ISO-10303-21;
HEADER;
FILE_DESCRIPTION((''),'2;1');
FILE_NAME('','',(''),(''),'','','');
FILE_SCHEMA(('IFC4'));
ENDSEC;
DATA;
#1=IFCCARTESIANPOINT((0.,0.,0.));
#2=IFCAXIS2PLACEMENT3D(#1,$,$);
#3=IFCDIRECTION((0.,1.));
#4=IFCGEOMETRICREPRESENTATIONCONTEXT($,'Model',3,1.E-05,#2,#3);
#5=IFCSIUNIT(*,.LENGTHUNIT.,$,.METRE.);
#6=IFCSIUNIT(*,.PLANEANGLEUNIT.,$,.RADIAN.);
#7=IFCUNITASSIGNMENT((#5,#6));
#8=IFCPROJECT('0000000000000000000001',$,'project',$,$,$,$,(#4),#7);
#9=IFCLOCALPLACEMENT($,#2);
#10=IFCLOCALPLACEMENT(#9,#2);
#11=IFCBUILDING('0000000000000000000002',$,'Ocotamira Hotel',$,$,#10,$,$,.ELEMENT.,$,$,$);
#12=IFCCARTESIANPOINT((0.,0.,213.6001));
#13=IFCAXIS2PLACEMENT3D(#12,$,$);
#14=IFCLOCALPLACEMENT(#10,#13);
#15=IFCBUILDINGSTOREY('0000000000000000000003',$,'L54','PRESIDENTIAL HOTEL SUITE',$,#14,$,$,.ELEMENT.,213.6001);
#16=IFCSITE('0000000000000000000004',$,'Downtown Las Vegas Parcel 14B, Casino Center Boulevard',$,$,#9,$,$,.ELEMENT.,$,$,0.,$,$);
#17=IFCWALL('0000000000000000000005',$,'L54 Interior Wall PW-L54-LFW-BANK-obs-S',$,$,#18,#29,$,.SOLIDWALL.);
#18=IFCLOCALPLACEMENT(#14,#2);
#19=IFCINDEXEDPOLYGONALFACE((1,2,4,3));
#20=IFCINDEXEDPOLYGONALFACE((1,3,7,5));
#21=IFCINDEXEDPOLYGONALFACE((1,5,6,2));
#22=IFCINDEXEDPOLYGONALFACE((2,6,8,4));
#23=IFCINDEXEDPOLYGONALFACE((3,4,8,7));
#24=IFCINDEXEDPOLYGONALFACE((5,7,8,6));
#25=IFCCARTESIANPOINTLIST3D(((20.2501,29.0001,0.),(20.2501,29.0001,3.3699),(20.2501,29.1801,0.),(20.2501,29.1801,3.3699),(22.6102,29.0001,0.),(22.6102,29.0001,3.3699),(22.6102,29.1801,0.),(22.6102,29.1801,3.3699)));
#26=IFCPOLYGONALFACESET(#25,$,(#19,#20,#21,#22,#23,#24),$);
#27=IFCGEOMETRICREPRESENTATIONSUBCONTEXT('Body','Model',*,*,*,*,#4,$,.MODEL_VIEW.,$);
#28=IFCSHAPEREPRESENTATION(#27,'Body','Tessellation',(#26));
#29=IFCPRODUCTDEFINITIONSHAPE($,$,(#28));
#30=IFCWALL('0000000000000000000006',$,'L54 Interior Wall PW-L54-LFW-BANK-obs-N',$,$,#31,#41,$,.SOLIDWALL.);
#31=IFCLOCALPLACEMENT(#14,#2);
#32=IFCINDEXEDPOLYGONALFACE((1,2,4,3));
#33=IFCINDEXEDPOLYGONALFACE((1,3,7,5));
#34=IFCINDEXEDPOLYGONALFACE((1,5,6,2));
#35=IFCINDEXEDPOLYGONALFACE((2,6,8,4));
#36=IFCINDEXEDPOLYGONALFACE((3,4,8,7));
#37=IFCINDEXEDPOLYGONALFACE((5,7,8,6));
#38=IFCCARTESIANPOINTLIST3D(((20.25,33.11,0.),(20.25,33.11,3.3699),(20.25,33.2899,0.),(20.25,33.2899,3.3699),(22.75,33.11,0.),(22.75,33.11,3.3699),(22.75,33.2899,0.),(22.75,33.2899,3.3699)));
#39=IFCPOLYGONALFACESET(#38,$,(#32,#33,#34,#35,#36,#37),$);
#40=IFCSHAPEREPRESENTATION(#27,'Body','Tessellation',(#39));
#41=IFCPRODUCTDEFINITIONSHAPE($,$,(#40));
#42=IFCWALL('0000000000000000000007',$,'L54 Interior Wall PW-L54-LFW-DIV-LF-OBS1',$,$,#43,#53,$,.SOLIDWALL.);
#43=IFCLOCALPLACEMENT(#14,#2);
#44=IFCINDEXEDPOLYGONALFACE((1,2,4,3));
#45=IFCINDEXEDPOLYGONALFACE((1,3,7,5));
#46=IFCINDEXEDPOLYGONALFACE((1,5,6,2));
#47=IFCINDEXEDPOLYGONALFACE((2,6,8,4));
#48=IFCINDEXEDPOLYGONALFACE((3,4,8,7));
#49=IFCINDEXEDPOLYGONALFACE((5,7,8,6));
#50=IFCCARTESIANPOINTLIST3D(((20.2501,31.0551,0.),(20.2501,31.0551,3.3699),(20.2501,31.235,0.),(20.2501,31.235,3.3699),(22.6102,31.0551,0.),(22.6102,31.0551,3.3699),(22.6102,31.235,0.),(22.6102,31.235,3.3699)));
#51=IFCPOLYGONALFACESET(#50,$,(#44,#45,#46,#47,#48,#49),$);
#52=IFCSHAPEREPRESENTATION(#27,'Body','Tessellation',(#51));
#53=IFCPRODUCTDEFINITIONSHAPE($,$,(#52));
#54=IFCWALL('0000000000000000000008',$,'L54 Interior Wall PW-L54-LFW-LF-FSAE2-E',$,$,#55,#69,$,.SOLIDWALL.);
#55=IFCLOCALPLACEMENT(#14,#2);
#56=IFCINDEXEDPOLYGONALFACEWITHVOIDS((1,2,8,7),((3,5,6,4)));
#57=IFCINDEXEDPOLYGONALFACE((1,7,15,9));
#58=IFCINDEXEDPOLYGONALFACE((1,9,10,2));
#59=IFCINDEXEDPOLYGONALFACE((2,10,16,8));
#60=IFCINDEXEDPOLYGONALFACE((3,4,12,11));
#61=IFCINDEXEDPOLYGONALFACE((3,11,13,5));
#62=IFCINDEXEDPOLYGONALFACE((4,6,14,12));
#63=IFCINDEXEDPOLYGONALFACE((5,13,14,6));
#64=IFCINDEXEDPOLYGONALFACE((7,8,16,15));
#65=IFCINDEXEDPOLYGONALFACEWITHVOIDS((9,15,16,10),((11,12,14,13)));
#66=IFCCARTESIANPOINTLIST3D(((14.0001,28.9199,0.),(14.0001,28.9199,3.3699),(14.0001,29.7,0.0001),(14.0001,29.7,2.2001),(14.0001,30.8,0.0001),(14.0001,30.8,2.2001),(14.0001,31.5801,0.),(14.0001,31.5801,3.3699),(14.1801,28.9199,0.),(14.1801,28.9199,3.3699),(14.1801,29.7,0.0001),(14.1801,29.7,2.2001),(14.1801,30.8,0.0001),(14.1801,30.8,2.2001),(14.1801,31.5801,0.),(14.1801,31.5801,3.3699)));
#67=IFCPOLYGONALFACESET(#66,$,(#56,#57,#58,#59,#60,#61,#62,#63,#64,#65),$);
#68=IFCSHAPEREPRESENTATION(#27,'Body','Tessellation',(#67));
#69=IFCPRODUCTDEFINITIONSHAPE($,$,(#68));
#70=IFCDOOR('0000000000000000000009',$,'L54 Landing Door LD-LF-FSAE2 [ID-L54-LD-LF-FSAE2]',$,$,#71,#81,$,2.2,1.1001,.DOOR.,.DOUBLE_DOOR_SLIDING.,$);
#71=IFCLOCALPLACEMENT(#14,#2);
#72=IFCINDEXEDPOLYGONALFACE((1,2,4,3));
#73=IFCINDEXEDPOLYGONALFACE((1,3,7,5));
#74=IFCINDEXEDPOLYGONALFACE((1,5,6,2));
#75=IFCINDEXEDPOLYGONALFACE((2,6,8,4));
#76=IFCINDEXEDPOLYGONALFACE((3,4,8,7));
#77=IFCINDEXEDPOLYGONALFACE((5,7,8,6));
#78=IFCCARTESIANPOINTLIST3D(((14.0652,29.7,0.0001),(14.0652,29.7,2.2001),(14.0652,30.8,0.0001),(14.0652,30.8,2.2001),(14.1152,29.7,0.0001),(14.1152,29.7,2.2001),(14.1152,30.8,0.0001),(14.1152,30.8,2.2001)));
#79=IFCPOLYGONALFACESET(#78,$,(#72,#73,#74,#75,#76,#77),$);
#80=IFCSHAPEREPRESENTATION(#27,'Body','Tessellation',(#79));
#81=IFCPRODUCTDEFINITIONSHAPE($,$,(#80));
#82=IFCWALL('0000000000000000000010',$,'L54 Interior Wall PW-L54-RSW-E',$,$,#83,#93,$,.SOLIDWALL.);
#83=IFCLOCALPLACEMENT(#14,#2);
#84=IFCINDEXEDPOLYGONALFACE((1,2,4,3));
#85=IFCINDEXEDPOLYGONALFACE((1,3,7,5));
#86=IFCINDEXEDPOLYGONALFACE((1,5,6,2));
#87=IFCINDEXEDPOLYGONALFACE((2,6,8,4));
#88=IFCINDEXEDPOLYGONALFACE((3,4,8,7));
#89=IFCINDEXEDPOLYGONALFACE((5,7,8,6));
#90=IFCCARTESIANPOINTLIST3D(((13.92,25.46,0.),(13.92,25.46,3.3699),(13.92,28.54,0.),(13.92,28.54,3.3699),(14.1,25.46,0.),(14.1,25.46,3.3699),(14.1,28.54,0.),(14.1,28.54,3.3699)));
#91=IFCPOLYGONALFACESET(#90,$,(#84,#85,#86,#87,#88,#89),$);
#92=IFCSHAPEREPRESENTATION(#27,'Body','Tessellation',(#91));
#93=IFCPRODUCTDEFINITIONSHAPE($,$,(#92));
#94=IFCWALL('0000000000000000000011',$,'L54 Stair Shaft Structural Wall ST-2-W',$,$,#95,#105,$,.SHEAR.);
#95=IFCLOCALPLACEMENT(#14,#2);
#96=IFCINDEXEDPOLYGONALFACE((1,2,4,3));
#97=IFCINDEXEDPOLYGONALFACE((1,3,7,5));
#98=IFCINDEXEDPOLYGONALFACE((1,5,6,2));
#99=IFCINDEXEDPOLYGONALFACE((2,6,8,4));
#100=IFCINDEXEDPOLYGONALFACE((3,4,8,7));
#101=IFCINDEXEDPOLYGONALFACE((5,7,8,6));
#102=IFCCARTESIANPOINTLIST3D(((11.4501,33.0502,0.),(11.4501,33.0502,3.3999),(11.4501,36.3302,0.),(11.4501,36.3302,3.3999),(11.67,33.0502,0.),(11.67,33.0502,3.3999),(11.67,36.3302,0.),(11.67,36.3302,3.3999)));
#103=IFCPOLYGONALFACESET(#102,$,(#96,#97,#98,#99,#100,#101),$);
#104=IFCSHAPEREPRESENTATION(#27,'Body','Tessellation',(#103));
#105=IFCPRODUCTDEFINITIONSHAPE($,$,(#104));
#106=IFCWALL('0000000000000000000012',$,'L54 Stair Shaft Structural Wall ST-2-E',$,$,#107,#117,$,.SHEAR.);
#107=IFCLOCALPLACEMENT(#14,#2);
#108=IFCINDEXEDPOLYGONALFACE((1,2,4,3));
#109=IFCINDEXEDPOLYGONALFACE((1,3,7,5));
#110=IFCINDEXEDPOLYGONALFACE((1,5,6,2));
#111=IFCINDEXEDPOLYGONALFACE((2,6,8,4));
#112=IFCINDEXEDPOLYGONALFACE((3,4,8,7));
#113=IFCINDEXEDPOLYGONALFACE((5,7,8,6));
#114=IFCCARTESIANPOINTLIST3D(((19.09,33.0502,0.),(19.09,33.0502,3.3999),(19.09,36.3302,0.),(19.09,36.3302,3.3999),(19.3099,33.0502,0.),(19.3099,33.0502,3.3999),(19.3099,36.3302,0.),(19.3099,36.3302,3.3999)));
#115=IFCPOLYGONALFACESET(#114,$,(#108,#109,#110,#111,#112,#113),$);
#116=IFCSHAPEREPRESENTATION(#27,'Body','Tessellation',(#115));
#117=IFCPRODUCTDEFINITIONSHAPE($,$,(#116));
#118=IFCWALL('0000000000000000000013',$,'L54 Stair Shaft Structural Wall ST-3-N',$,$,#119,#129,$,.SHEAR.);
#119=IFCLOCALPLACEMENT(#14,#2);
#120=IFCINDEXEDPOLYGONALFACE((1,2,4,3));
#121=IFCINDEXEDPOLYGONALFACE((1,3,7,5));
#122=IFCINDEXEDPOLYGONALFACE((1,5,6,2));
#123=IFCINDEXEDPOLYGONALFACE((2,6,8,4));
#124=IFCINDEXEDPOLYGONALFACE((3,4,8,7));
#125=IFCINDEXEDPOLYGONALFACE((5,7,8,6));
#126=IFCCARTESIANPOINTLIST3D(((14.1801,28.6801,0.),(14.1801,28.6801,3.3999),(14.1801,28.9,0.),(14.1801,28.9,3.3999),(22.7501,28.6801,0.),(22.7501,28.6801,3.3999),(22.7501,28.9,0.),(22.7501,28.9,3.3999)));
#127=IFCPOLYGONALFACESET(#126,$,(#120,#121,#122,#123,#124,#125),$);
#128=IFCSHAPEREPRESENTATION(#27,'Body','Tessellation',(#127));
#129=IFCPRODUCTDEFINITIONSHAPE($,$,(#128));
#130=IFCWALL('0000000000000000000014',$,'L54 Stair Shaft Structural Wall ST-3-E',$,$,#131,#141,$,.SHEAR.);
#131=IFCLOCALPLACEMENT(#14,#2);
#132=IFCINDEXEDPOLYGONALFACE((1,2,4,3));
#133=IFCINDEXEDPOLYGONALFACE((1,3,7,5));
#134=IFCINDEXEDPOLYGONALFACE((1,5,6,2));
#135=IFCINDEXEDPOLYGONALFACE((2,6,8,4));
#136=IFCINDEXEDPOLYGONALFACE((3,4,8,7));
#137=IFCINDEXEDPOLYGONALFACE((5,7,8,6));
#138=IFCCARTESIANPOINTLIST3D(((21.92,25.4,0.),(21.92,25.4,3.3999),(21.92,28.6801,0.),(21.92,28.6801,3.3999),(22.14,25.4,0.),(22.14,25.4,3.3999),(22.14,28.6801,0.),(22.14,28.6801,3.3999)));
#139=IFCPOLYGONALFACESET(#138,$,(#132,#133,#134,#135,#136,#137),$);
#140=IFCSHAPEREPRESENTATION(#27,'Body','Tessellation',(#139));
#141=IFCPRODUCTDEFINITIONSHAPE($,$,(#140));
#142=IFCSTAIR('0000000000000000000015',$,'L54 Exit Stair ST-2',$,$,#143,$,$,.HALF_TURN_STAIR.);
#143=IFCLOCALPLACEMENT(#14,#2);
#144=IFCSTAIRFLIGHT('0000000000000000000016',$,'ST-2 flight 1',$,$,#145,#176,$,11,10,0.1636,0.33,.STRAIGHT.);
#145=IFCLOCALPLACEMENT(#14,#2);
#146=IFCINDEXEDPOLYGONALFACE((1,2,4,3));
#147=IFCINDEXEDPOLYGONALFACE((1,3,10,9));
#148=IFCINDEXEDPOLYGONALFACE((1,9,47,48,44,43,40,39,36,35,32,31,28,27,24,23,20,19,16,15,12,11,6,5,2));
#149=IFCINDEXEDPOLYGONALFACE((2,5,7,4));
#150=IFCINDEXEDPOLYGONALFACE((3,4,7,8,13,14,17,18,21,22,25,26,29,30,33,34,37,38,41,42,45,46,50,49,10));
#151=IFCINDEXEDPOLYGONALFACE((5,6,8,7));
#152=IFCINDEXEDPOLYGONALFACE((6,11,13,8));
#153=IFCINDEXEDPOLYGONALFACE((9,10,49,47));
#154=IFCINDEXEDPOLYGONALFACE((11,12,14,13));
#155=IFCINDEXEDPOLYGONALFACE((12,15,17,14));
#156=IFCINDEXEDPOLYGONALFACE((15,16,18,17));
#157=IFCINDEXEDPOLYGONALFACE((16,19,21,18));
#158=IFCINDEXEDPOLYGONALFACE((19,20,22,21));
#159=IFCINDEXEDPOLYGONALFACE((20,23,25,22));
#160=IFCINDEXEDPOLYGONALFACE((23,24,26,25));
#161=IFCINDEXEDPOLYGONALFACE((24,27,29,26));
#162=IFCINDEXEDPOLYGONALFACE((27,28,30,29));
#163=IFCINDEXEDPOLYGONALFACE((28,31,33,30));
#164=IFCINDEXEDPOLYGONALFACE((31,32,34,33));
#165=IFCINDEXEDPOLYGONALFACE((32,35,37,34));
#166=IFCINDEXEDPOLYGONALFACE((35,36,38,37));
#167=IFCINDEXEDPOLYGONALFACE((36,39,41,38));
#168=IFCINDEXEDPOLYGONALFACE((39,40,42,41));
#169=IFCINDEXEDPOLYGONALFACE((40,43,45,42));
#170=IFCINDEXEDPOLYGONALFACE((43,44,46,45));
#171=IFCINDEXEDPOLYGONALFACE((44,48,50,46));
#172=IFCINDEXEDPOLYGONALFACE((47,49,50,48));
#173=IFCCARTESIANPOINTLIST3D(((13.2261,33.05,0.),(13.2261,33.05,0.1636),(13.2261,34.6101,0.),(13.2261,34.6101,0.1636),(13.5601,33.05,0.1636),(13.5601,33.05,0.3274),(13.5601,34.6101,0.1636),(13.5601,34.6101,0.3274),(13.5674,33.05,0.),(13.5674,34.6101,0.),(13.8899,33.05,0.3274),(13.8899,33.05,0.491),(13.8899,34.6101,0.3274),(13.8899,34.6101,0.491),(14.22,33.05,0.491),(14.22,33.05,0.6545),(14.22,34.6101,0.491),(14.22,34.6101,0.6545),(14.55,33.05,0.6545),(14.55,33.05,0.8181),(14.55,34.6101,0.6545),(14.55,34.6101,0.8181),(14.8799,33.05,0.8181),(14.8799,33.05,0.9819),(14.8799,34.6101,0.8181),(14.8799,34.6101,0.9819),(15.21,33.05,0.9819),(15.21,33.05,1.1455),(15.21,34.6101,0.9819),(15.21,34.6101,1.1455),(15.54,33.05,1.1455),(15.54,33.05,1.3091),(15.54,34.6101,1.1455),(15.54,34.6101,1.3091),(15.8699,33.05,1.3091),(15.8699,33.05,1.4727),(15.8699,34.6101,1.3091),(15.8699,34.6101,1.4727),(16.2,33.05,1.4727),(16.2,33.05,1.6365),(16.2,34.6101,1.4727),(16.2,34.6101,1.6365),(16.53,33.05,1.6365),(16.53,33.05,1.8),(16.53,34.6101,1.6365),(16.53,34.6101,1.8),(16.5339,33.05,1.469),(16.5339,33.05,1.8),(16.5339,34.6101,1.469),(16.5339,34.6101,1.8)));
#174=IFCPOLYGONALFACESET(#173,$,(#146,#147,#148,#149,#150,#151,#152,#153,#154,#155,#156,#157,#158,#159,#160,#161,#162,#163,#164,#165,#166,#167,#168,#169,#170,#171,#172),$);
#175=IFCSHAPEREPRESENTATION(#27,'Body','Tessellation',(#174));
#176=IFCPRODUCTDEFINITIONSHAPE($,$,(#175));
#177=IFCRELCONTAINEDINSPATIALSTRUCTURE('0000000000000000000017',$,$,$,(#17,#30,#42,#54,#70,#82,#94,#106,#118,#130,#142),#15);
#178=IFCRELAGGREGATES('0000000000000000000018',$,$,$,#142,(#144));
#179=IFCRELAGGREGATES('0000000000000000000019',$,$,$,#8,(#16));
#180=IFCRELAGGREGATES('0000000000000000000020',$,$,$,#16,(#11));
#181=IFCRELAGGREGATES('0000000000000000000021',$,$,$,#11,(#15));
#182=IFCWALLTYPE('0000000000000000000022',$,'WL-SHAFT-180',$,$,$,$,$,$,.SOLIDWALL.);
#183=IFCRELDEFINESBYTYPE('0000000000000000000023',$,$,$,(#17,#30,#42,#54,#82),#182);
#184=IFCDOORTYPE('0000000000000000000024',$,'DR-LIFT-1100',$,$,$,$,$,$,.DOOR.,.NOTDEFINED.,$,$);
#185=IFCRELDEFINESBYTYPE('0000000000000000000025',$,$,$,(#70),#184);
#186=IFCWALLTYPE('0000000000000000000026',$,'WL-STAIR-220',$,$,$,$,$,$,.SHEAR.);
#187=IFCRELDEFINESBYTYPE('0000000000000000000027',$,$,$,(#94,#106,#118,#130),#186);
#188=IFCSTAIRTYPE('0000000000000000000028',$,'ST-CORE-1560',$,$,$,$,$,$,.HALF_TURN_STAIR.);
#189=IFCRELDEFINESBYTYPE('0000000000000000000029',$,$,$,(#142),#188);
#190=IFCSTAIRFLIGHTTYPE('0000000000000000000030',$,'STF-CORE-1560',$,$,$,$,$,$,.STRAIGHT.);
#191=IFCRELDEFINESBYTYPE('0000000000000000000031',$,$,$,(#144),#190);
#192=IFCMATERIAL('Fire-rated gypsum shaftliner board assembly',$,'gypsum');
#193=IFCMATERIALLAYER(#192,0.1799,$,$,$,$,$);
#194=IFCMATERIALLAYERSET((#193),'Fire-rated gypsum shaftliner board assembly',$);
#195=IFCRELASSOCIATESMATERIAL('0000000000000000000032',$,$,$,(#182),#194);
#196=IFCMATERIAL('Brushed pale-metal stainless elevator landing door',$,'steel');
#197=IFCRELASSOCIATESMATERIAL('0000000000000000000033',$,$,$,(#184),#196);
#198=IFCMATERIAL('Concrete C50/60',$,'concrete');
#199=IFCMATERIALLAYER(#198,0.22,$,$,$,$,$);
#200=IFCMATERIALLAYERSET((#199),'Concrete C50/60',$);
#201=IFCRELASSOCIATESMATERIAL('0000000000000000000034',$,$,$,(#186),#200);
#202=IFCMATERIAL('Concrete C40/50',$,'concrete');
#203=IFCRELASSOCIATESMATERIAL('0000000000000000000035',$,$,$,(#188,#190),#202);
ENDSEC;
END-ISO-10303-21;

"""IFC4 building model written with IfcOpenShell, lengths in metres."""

from ifc_helpers import new_model, si_unit, direction, frame, frame_2d, origin, place, context, subcontext, project, spatial, polyline, rectangle, outline, extrude, source, transform, mapped, material, layer, layer_set, type_object, element, fill, aggregate, save


model = new_model("IFC4")

# Units and contexts
model_context = context("Model", 3, precision=1e-05, world=origin(), true_north=direction((0.0, 1.0)))
body_context = subcontext(model_context, "Body", "Model", "MODEL_VIEW")
ifc_project = project(units=[si_unit("LENGTHUNIT", "METRE"), si_unit("PLANEANGLEUNIT", "RADIAN")], contexts=[model_context])

# Site, building, storey
site_placement = place(None, origin())
site = spatial("IfcSite", under=ifc_project, at=site_placement, Name="Downtown Las Vegas Parcel 14B, Casino Center Boulevard", CompositionType="ELEMENT", RefElevation=0.0)
building_placement = place(site_placement, origin())
building = spatial("IfcBuilding", under=site, at=building_placement, Name="Ocotamira Hotel", CompositionType="ELEMENT")
storey_placement = place(building_placement, frame((0.0, 0.0, 213.6001)))
storey = spatial("IfcBuildingStorey", under=building, at=storey_placement, Name="L54", Description="PRESIDENTIAL HOTEL SUITE", CompositionType="ELEMENT", Elevation=213.6001)

# Walls
ifc_material_1 = material(Name="Fire-rated gypsum shaftliner board assembly", Category="gypsum")
ifc_layer_1 = layer(ifc_material_1, 0.1799)
ifc_layer_set_1 = layer_set([ifc_layer_1], Name="Fire-rated gypsum shaftliner board assembly")
wall_type_1 = type_object("IfcWallType", Name="WL-SHAFT-180", PredefinedType="SOLIDWALL", material=ifc_layer_set_1)
wall_1_placement = place(storey_placement, frame((20.25, 29.0901, 0.0), z_axis=(0.0, 0.0, 1.0), x_axis=(1.0, 0.0, 0.0)))
element("IfcWall", 1, at=wall_1_placement, inside=storey, type_object=wall_type_1, Name="L54 Interior Wall PW-L54-LFW-BANK-obs-S", PredefinedType="SOLIDWALL", context=body_context, shape_type="SweptSolid", body=[
    extrude(rectangle(XDim=2.3601, YDim=0.1799, at=frame_2d((1.1802, 0.0))), origin(), (0.0, 0.0, 1.0), 3.3699),
])
wall_2_placement = place(storey_placement, frame((20.25, 33.2, 0.0), z_axis=(0.0, 0.0, 1.0), x_axis=(1.0, 0.0, 0.0)))
element("IfcWall", 2, at=wall_2_placement, inside=storey, type_object=wall_type_1, Name="L54 Interior Wall PW-L54-LFW-BANK-obs-N", PredefinedType="SOLIDWALL", context=body_context, shape_type="SweptSolid", body=[
    extrude(rectangle(XDim=2.5, YDim=0.1799, at=frame_2d((1.25, 0.0))), origin(), (0.0, 0.0, 1.0), 3.3699),
])
wall_3_placement = place(storey_placement, frame((20.25, 31.145, 0.0), z_axis=(0.0, 0.0, 1.0), x_axis=(1.0, 0.0, 0.0)))
element("IfcWall", 3, at=wall_3_placement, inside=storey, type_object=wall_type_1, Name="L54 Interior Wall PW-L54-LFW-DIV-LF-OBS1", PredefinedType="SOLIDWALL", context=body_context, shape_type="SweptSolid", body=[
    extrude(rectangle(XDim=2.3601, YDim=0.1799, at=frame_2d((1.1802, 0.0))), origin(), (0.0, 0.0, 1.0), 3.3699),
])

# Wall, opening, door
wall_4_placement = place(storey_placement, frame((14.0901, 28.9199, 0.0), z_axis=(0.0, 0.0, 1.0), x_axis=(0.0, 1.0, 0.0)))
wall_4 = element("IfcWall", 4, at=wall_4_placement, inside=storey, type_object=wall_type_1, Name="L54 Interior Wall PW-L54-LFW-LF-FSAE2-E", PredefinedType="SOLIDWALL", context=body_context, shape_type="SweptSolid", body=[
    extrude(rectangle(XDim=2.6602, YDim=0.1799, at=frame_2d((1.3301, 0.0))), origin(), (0.0, 0.0, 1.0), 3.3699),
])
opening_1_placement = place(wall_4_placement, frame((0.78, 0.0, 0.0)))
opening_1 = element("IfcOpeningElement", 5, at=opening_1_placement, cuts=wall_4, PredefinedType="OPENING", context=body_context, shape_type="SweptSolid", body=[
    extrude(rectangle(XDim=1.1001, YDim=2.2, at=frame_2d((0.55, 1.1001))), frame((0.0, 0.1001, 0.0), z_axis=(0.0, -1.0, 0.0), x_axis=(1.0, 0.0, 0.0)), (0.0, 0.0, 1.0), 0.2),
])
ifc_material_2 = material(Name="Brushed pale-metal stainless elevator landing door", Category="steel")
door_type_1 = type_object("IfcDoorType", Name="DR-LIFT-1100", OperationType="NOTDEFINED", PredefinedType="DOOR", material=ifc_material_2)
shared_shape_1 = source(origin(), body_context, "Body", "SweptSolid", [
    extrude(rectangle(XDim=1.1001, YDim=2.2, at=frame_2d((0.55, 1.1001))), frame((0.0, 0.0249, 0.0), z_axis=(0.0, -1.0, 0.0), x_axis=(1.0, 0.0, 0.0)), (0.0, 0.0, 1.0), 0.05),
])
door_1_placement = place(opening_1_placement, origin())
door_1 = element("IfcDoor", 6, at=door_1_placement, inside=storey, type_object=door_type_1, Name="L54 Landing Door LD-LF-FSAE2 [ID-L54-LD-LF-FSAE2]", OperationType="DOUBLE_DOOR_SLIDING", OverallHeight=2.2, OverallWidth=1.1001, PredefinedType="DOOR", context=body_context, shape_type="MappedRepresentation", body=[
    mapped(shared_shape_1, transform((0.0, 0.0, 0.0), scale=1.0)),
])
fill(opening_1, door_1)

# Walls
wall_5_placement = place(storey_placement, frame((14.01, 25.46, 0.0), z_axis=(0.0, 0.0, 1.0), x_axis=(0.0, 1.0, 0.0)))
element("IfcWall", 7, at=wall_5_placement, inside=storey, type_object=wall_type_1, Name="L54 Interior Wall PW-L54-RSW-E", PredefinedType="SOLIDWALL", context=body_context, shape_type="SweptSolid", body=[
    extrude(rectangle(XDim=3.0801, YDim=0.1799, at=frame_2d((1.54, 0.0))), origin(), (0.0, 0.0, 1.0), 3.3699),
])
ifc_material_3 = material(Name="Concrete C50/60", Category="concrete")
ifc_layer_2 = layer(ifc_material_3, 0.22)
ifc_layer_set_2 = layer_set([ifc_layer_2], Name="Concrete C50/60")
wall_type_2 = type_object("IfcWallType", Name="WL-STAIR-220", PredefinedType="SHEAR", material=ifc_layer_set_2)
for number, where, z_axis, x_axis, name in (
    (8, (11.5601, 33.05, 0.0), (0.0, 0.0, 1.0), (0.0, 1.0, 0.0), "L54 Stair Shaft Structural Wall ST-2-W"),
    (9, (19.2, 33.05, 0.0), (0.0, 0.0, 1.0), (0.0, 1.0, 0.0), "L54 Stair Shaft Structural Wall ST-2-E"),
):
    element("IfcWall", number, at=place(storey_placement, frame(where, z_axis=z_axis, x_axis=x_axis)), inside=storey, type_object=wall_type_2, Name=name, PredefinedType="SHEAR", context=body_context, shape_type="SweptSolid", body=[
        extrude(rectangle(XDim=3.28, YDim=0.22, at=frame_2d((1.6401, 0.0))), origin(), (0.0, 0.0, 1.0), 3.3999),
    ])
wall_6_placement = place(storey_placement, frame((14.1799, 28.79, 0.0), z_axis=(0.0, 0.0, 1.0), x_axis=(1.0, 0.0, 0.0)))
element("IfcWall", 10, at=wall_6_placement, inside=storey, type_object=wall_type_2, Name="L54 Stair Shaft Structural Wall ST-3-N", PredefinedType="SHEAR", context=body_context, shape_type="SweptSolid", body=[
    extrude(rectangle(XDim=8.5701, YDim=0.22, at=frame_2d((4.2852, 0.0))), origin(), (0.0, 0.0, 1.0), 3.3999),
])
wall_7_placement = place(storey_placement, frame((22.03, 25.3999, 0.0), z_axis=(0.0, 0.0, 1.0), x_axis=(0.0, 1.0, 0.0)))
element("IfcWall", 11, at=wall_7_placement, inside=storey, type_object=wall_type_2, Name="L54 Stair Shaft Structural Wall ST-3-E", PredefinedType="SHEAR", context=body_context, shape_type="SweptSolid", body=[
    extrude(rectangle(XDim=3.28, YDim=0.22, at=frame_2d((1.6401, 0.0))), origin(), (0.0, 0.0, 1.0), 3.3999),
])

# Stair, stair flight
ifc_material_4 = material(Name="Concrete C40/50", Category="concrete")
stair_type = type_object("IfcStairType", Name="ST-CORE-1560", PredefinedType="HALF_TURN_STAIR", material=ifc_material_4)
stair_1_placement = place(storey_placement, origin())
stair_1 = element("IfcStair", 12, at=stair_1_placement, inside=storey, type_object=stair_type, Name="L54 Exit Stair ST-2", PredefinedType="HALF_TURN_STAIR")
stair_flight_type = type_object("IfcStairFlightType", Name="STF-CORE-1560", PredefinedType="STRAIGHT", material=ifc_material_4)
shared_shape_2 = source(origin(), body_context, "Body", "SweptSolid", [
    extrude(outline(polyline([(-0.0039, 0.0), (-0.0039, 0.1636), (0.3301, 0.1636), (0.3301, 0.3274), (0.6599, 0.3274), (0.6599, 0.491), (0.99, 0.491), (0.99, 0.6545), (1.3201, 0.6545), (1.3201, 0.8181), (1.6499, 0.8181), (1.6499, 0.9819), (1.98, 0.9819), (1.98, 1.1455), (2.3101, 1.1455), (2.3101, 1.3091), (2.6399, 1.3091), (2.6399, 1.4727), (2.97, 1.4727), (2.97, 1.6365), (3.3, 1.6365), (3.3, 1.8), (3.304, 1.8), (3.304, 1.469), (0.3374, 0.0), (-0.0039, 0.0)])), frame((0.0, 0.78, 0.0), z_axis=(0.0, -1.0, 0.0), x_axis=(1.0, 0.0, 0.0)), (0.0, 0.0, 1.0), 1.5601),
])
stair_flight_1_placement = place(storey_placement, frame((13.23, 33.8301, 0.0), z_axis=(0.0, 0.0, 1.0), x_axis=(1.0, 0.0, 0.0)))
stair_flight_1 = element("IfcStairFlight", 13, at=stair_flight_1_placement, type_object=stair_flight_type, Name="ST-2 flight 1", NumberOfRisers=11, NumberOfTreads=10, PredefinedType="STRAIGHT", RiserHeight=0.1636, TreadLength=0.33, context=body_context, shape_type="MappedRepresentation", body=[
    mapped(shared_shape_2, transform((0.0, 0.0, 0.0), scale=1.0)),
])
aggregate(stair_1, [stair_flight_1])

save(model, "model.ifc")
